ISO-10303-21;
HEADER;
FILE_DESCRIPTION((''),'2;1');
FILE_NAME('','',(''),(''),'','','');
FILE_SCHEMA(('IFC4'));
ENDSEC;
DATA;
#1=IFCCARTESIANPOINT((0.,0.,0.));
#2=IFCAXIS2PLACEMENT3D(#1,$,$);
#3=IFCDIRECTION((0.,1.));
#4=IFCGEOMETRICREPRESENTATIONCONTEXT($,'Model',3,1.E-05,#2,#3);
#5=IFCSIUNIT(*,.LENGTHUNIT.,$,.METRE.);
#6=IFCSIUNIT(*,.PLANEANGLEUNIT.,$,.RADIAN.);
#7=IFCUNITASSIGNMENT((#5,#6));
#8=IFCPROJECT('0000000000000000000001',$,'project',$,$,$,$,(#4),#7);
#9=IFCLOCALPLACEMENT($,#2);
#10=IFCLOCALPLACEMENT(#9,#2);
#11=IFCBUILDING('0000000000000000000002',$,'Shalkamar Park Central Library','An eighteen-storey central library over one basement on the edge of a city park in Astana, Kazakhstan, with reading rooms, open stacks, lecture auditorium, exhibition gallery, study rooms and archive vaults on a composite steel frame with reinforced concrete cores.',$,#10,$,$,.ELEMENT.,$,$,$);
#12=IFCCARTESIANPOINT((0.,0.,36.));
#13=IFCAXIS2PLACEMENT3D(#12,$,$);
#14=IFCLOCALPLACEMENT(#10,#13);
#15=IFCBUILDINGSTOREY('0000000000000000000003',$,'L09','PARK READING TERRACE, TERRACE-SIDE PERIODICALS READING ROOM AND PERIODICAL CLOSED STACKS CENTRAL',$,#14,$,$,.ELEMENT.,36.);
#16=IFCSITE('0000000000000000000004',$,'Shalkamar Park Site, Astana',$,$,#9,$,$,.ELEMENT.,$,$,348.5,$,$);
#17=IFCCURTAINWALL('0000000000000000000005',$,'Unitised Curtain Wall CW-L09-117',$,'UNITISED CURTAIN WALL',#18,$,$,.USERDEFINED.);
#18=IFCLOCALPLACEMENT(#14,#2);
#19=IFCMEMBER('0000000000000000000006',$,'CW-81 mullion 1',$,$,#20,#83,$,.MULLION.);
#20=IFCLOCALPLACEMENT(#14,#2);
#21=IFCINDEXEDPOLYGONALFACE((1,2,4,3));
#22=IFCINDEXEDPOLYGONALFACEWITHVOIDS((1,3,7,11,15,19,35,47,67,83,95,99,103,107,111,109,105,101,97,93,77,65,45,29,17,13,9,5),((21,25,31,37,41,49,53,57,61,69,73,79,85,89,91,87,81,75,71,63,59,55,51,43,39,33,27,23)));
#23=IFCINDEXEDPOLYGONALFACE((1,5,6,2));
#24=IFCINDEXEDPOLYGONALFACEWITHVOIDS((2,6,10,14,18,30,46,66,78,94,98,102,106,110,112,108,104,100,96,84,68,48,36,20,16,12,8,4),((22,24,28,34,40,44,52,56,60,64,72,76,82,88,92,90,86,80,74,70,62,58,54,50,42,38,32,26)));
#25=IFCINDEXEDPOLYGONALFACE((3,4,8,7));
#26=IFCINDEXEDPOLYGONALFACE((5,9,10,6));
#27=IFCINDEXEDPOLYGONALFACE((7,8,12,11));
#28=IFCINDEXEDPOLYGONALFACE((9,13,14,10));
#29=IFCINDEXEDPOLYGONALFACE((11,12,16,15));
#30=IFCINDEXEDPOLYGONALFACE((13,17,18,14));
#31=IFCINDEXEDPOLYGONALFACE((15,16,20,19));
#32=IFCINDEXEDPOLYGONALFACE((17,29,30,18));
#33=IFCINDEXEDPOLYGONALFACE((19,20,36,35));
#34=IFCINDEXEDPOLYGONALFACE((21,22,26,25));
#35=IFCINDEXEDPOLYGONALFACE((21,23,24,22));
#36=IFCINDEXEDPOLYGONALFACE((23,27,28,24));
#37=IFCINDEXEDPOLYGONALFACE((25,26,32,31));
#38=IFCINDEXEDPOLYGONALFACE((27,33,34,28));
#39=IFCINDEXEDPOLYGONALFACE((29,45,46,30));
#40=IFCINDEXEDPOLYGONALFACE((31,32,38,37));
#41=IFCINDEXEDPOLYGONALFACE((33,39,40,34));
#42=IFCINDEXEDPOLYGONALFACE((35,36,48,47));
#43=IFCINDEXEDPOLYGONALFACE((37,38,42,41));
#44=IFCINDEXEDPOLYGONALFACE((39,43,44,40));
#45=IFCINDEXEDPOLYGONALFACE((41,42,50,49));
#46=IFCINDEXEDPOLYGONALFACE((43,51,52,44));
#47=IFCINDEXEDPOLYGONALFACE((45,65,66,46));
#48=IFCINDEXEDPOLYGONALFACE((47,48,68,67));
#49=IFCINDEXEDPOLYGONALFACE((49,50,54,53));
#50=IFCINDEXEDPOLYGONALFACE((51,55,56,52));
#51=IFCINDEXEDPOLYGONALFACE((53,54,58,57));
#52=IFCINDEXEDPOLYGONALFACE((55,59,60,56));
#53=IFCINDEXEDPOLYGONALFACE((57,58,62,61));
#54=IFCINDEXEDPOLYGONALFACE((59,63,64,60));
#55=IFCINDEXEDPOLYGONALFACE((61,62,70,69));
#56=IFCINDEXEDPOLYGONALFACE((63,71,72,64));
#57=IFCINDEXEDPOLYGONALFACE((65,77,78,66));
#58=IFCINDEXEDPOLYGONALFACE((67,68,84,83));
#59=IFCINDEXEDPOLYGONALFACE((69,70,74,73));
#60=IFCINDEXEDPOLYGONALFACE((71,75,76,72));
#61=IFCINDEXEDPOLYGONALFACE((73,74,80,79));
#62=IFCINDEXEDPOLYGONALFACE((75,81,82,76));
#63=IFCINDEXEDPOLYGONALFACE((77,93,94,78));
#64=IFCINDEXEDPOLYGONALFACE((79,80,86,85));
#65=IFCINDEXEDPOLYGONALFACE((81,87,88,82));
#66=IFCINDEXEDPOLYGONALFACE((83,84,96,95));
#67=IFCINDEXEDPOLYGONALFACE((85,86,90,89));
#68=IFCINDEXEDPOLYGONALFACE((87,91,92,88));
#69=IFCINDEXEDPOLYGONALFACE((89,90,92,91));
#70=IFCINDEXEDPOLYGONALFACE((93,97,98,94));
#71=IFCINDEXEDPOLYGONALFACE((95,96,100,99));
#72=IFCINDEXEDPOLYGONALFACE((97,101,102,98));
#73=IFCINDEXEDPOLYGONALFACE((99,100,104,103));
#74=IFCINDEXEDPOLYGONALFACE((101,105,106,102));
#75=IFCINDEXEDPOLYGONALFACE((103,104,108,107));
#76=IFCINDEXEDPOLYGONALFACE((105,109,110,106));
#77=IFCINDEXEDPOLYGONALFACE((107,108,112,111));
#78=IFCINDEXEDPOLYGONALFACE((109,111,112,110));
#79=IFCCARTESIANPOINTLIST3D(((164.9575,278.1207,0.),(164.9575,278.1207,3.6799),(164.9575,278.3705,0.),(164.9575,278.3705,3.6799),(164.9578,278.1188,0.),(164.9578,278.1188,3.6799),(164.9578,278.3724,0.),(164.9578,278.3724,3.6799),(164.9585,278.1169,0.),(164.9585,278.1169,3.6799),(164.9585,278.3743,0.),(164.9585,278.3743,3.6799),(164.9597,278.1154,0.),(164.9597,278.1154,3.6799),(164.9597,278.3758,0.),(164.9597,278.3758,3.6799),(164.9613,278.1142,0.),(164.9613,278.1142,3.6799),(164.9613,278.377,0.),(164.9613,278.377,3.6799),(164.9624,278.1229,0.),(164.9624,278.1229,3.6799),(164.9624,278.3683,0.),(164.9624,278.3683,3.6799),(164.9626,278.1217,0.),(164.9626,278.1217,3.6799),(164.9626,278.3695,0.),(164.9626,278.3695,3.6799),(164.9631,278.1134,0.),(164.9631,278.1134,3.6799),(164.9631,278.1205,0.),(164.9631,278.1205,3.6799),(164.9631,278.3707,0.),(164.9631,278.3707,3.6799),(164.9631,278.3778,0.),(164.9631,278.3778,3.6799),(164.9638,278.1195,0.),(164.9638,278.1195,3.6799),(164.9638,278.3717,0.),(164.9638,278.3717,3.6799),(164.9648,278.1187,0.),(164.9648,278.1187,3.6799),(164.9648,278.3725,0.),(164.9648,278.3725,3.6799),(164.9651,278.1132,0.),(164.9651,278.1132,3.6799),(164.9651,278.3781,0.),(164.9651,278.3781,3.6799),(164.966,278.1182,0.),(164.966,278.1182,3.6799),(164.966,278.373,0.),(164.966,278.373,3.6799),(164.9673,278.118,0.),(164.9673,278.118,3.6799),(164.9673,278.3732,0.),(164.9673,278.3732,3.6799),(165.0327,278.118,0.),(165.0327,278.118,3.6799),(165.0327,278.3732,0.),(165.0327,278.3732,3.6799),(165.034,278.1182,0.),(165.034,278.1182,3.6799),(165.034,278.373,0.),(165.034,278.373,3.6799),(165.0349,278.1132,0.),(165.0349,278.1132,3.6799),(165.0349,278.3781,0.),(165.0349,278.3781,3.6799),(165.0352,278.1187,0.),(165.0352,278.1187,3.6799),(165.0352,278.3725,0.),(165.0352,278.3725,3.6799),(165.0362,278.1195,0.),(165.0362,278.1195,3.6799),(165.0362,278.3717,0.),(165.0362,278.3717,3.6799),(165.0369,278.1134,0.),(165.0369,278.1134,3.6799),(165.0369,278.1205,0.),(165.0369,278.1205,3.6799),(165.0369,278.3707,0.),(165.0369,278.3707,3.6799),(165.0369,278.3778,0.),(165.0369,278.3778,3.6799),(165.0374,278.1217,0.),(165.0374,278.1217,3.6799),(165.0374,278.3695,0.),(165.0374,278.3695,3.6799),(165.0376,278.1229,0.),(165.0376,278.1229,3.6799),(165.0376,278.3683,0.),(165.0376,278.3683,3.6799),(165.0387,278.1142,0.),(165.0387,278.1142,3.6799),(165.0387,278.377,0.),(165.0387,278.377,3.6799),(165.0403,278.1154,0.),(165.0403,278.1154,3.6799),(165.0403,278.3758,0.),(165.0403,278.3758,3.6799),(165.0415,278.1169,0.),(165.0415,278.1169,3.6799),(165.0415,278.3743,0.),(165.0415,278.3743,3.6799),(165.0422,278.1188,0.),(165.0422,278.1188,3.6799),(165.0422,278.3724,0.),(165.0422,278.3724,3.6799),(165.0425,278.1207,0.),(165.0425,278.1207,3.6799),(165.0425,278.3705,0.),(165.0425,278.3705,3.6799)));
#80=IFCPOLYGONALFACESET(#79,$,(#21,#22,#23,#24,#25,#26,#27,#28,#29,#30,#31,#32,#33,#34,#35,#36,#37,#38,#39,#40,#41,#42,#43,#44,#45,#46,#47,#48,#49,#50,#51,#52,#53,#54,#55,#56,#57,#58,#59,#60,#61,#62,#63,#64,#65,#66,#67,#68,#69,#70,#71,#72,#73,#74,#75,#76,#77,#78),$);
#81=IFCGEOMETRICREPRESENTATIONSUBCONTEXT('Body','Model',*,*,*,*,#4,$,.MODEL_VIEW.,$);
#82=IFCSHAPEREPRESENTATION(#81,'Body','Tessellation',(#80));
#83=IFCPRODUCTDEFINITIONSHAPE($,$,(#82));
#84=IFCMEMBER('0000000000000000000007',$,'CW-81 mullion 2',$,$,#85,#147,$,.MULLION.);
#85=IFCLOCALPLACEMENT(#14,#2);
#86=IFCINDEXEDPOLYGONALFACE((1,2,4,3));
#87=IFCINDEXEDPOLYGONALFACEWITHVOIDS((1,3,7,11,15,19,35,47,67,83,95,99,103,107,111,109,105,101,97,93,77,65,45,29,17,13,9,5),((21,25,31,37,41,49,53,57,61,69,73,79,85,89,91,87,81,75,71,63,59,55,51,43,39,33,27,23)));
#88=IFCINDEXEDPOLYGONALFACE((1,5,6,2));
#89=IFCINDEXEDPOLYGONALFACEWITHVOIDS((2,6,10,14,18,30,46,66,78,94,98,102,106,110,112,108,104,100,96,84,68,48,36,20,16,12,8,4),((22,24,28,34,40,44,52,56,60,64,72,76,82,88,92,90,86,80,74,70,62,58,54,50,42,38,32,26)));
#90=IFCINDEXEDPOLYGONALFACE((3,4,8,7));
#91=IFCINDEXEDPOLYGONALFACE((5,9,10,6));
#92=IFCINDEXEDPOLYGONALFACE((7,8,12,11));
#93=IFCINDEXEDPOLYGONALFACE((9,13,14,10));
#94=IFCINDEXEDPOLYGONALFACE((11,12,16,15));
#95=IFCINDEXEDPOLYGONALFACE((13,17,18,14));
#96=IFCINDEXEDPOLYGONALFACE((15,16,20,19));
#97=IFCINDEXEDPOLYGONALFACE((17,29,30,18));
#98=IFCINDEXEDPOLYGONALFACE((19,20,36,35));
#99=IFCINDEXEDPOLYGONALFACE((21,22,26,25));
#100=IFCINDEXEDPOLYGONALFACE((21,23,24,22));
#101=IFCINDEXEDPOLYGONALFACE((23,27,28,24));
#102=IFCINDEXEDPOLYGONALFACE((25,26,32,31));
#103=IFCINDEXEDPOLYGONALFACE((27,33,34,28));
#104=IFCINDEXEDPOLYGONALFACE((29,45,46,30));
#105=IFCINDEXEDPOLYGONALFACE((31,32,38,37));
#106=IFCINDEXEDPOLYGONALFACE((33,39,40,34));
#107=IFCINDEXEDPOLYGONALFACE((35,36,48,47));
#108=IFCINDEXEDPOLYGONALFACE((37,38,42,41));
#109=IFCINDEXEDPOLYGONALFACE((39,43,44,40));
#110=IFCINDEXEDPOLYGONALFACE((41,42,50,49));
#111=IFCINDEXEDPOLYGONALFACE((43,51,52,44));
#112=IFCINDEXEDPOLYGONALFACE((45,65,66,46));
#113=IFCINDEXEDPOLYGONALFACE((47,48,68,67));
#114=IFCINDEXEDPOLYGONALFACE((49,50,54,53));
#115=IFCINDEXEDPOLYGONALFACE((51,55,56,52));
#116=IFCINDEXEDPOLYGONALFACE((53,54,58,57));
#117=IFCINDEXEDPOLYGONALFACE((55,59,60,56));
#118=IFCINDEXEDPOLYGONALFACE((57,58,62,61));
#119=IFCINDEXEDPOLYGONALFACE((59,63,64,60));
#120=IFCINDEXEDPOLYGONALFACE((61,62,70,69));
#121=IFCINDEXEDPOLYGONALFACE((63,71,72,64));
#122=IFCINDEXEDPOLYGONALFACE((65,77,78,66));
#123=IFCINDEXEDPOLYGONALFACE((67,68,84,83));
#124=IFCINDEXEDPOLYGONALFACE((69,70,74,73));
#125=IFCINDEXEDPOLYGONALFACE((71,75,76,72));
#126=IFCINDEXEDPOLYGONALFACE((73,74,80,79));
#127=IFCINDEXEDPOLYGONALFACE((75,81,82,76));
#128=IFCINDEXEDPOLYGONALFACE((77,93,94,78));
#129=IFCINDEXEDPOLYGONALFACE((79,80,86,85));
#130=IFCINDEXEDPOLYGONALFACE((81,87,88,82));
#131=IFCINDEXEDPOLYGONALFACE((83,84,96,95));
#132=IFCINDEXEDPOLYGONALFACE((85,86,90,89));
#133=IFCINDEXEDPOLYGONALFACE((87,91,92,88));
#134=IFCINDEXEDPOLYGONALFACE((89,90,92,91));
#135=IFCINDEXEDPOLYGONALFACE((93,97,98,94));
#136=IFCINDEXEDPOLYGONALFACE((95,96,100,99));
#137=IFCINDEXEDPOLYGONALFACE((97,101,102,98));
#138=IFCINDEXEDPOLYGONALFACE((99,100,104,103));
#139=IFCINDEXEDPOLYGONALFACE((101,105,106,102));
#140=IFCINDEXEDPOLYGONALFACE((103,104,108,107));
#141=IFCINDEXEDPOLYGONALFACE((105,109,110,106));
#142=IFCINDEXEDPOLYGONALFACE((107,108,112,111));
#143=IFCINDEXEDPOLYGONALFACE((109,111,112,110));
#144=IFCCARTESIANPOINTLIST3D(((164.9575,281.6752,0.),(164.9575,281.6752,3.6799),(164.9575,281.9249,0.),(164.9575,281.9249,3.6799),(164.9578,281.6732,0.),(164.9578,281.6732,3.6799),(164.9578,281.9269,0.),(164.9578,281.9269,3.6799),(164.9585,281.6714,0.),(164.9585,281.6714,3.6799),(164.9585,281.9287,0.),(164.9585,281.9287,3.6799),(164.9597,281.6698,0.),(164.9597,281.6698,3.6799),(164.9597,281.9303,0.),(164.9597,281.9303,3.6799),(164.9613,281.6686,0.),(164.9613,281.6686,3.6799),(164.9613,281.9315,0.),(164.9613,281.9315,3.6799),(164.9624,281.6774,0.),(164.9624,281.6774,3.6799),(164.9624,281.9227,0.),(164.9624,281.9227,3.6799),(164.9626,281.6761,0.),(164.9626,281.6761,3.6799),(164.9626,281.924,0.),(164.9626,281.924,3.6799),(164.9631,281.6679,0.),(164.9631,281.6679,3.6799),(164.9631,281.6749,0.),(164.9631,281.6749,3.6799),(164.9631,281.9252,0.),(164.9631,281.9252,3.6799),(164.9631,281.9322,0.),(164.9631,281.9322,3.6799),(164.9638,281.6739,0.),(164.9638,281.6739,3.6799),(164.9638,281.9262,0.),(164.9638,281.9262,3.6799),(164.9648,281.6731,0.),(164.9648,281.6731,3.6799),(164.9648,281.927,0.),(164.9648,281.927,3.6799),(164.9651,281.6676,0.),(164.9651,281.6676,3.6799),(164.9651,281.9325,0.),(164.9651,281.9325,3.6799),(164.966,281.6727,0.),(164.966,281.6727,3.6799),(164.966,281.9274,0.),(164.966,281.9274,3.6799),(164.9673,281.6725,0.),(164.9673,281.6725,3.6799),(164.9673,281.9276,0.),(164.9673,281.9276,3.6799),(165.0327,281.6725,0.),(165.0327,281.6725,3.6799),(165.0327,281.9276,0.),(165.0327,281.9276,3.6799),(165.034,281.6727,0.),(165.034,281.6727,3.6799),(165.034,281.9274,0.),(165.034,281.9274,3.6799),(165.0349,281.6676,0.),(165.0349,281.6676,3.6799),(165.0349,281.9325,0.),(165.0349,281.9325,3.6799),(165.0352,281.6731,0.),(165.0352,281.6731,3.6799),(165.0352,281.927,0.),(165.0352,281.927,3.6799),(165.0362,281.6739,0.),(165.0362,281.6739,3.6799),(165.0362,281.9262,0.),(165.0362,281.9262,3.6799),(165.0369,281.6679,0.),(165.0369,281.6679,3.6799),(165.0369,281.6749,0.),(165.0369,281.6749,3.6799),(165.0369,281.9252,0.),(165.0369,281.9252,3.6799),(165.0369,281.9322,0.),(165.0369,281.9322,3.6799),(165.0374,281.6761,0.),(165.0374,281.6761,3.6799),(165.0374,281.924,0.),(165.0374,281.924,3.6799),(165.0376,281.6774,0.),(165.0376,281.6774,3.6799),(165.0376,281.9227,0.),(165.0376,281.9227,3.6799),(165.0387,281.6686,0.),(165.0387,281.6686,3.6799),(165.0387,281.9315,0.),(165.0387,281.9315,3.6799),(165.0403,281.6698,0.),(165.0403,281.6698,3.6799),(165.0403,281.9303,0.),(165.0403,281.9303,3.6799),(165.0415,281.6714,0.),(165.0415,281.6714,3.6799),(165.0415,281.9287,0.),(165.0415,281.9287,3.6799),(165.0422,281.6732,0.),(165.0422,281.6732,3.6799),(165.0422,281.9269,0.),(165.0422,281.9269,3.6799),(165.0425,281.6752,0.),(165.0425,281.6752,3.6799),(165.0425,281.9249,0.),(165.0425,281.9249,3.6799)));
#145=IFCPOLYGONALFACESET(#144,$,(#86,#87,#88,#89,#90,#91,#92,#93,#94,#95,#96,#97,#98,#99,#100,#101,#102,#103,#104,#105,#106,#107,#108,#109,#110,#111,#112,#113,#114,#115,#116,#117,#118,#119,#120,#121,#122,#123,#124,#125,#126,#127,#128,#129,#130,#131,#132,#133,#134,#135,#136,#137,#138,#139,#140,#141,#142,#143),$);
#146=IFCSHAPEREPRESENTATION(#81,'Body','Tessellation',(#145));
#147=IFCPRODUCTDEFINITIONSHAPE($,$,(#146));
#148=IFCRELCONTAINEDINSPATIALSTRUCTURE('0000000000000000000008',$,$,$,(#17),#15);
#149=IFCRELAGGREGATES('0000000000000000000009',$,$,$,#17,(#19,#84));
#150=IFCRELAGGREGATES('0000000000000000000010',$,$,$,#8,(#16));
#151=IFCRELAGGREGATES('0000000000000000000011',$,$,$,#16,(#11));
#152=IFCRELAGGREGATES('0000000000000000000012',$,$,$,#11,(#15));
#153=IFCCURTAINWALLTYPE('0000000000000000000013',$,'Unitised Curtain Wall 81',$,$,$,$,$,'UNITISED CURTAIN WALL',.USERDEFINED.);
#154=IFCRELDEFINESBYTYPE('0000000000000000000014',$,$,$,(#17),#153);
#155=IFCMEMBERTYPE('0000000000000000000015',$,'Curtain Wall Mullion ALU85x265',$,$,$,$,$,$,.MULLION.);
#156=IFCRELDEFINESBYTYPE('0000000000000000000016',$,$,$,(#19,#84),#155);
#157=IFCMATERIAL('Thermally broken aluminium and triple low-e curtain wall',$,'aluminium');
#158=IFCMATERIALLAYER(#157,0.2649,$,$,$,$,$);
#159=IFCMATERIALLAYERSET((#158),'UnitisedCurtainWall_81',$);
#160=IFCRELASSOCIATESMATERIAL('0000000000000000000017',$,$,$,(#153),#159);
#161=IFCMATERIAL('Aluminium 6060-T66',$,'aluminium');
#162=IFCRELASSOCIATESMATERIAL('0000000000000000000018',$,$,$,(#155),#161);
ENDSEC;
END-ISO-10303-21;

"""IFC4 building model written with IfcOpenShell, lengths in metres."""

from ifc_helpers import new_model, si_unit, direction, frame, origin, origin_2d, place, context, subcontext, project, spatial, hollow_rectangle, extrude, material, layer, layer_set, material_profile, profile_set, type_object, element, aggregate, save


model = new_model("IFC4")

# Units and contexts
model_context = context("Model", 3, precision=1e-05, world=origin(), true_north=direction((0.0, 1.0)))
body_context = subcontext(model_context, "Body", "Model", "MODEL_VIEW")
ifc_project = project(units=[si_unit("LENGTHUNIT", "METRE"), si_unit("PLANEANGLEUNIT", "RADIAN")], contexts=[model_context])

# Site, building, storey
site_placement = place(None, origin())
site = spatial("IfcSite", under=ifc_project, at=site_placement, Name="Shalkamar Park Site, Astana", CompositionType="ELEMENT", RefElevation=348.5)
building_placement = place(site_placement, origin())
building = spatial("IfcBuilding", under=site, at=building_placement, Name="Shalkamar Park Central Library", Description="An eighteen-storey central library over one basement on the edge of a city park in Astana, Kazakhstan, with reading rooms, open stacks, lecture auditorium, exhibition gallery, study rooms and archive vaults on a composite steel frame with reinforced concrete cores.", CompositionType="ELEMENT")
storey_placement = place(building_placement, frame((0.0, 0.0, 36.0)))
storey = spatial("IfcBuildingStorey", under=building, at=storey_placement, Name="L09", Description="PARK READING TERRACE, TERRACE-SIDE PERIODICALS READING ROOM AND PERIODICAL CLOSED STACKS CENTRAL", CompositionType="ELEMENT", Elevation=36.0)

# Curtain wall, members
ifc_material_1 = material(Name="Thermally broken aluminium and triple low-e curtain wall", Category="aluminium")
ifc_layer_1 = layer(ifc_material_1, 0.2649)
ifc_layer_set_1 = layer_set([ifc_layer_1], Name="UnitisedCurtainWall_81")
curtain_wall_type = type_object("IfcCurtainWallType", Name="Unitised Curtain Wall 81", ElementType="UNITISED CURTAIN WALL", PredefinedType="USERDEFINED", material=ifc_layer_set_1)
curtain_wall_placement = place(storey_placement, origin())
curtain_wall = element("IfcCurtainWall", 1, at=curtain_wall_placement, inside=storey, type_object=curtain_wall_type, Name="Unitised Curtain Wall CW-L09-117", ObjectType="UNITISED CURTAIN WALL", PredefinedType="USERDEFINED")
ifc_material_2 = material(Name="Aluminium 6060-T66", Category="aluminium")
ifc_material_profile_1 = material_profile(ifc_material_2, hollow_rectangle(XDim=0.085, YDim=0.2649, WallThickness=0.0049, InnerFilletRadius=0.0049, OuterFilletRadius=0.0076, at=origin_2d()), Name="ALU 85x265x5")
ifc_profile_set_1 = profile_set([ifc_material_profile_1], Name="Aluminium 6060-T66")
member_type_1 = type_object("IfcMemberType", Name="Curtain Wall Mullion ALU85x265", PredefinedType="MULLION", material=ifc_profile_set_1)
member_1_placement = place(storey_placement, frame((165.0, 278.2456, 0.0), z_axis=(0.0, 0.0, 1.0), x_axis=(-1.0, 0.0, 0.0)))
member_1 = element("IfcMember", 2, at=member_1_placement, type_object=member_type_1, Name="CW-81 mullion 1", PredefinedType="MULLION", context=body_context, shape_type="SweptSolid", body=[
    extrude(hollow_rectangle(XDim=0.085, YDim=0.2649, WallThickness=0.0049, InnerFilletRadius=0.0049, OuterFilletRadius=0.0076, at=origin_2d()), origin(), (0.0, 0.0, 1.0), 3.6799),
])
member_2_placement = place(storey_placement, frame((165.0, 281.8, 0.0), z_axis=(0.0, 0.0, 1.0), x_axis=(-1.0, 0.0, 0.0)))
member_2 = element("IfcMember", 3, at=member_2_placement, type_object=member_type_1, Name="CW-81 mullion 2", PredefinedType="MULLION", context=body_context, shape_type="SweptSolid", body=[
    extrude(hollow_rectangle(XDim=0.085, YDim=0.2649, WallThickness=0.0049, InnerFilletRadius=0.0049, OuterFilletRadius=0.0076, at=origin_2d()), origin(), (0.0, 0.0, 1.0), 3.6799),
])

aggregate(curtain_wall, [member_1, member_2])

save(model, "model.ifc")
